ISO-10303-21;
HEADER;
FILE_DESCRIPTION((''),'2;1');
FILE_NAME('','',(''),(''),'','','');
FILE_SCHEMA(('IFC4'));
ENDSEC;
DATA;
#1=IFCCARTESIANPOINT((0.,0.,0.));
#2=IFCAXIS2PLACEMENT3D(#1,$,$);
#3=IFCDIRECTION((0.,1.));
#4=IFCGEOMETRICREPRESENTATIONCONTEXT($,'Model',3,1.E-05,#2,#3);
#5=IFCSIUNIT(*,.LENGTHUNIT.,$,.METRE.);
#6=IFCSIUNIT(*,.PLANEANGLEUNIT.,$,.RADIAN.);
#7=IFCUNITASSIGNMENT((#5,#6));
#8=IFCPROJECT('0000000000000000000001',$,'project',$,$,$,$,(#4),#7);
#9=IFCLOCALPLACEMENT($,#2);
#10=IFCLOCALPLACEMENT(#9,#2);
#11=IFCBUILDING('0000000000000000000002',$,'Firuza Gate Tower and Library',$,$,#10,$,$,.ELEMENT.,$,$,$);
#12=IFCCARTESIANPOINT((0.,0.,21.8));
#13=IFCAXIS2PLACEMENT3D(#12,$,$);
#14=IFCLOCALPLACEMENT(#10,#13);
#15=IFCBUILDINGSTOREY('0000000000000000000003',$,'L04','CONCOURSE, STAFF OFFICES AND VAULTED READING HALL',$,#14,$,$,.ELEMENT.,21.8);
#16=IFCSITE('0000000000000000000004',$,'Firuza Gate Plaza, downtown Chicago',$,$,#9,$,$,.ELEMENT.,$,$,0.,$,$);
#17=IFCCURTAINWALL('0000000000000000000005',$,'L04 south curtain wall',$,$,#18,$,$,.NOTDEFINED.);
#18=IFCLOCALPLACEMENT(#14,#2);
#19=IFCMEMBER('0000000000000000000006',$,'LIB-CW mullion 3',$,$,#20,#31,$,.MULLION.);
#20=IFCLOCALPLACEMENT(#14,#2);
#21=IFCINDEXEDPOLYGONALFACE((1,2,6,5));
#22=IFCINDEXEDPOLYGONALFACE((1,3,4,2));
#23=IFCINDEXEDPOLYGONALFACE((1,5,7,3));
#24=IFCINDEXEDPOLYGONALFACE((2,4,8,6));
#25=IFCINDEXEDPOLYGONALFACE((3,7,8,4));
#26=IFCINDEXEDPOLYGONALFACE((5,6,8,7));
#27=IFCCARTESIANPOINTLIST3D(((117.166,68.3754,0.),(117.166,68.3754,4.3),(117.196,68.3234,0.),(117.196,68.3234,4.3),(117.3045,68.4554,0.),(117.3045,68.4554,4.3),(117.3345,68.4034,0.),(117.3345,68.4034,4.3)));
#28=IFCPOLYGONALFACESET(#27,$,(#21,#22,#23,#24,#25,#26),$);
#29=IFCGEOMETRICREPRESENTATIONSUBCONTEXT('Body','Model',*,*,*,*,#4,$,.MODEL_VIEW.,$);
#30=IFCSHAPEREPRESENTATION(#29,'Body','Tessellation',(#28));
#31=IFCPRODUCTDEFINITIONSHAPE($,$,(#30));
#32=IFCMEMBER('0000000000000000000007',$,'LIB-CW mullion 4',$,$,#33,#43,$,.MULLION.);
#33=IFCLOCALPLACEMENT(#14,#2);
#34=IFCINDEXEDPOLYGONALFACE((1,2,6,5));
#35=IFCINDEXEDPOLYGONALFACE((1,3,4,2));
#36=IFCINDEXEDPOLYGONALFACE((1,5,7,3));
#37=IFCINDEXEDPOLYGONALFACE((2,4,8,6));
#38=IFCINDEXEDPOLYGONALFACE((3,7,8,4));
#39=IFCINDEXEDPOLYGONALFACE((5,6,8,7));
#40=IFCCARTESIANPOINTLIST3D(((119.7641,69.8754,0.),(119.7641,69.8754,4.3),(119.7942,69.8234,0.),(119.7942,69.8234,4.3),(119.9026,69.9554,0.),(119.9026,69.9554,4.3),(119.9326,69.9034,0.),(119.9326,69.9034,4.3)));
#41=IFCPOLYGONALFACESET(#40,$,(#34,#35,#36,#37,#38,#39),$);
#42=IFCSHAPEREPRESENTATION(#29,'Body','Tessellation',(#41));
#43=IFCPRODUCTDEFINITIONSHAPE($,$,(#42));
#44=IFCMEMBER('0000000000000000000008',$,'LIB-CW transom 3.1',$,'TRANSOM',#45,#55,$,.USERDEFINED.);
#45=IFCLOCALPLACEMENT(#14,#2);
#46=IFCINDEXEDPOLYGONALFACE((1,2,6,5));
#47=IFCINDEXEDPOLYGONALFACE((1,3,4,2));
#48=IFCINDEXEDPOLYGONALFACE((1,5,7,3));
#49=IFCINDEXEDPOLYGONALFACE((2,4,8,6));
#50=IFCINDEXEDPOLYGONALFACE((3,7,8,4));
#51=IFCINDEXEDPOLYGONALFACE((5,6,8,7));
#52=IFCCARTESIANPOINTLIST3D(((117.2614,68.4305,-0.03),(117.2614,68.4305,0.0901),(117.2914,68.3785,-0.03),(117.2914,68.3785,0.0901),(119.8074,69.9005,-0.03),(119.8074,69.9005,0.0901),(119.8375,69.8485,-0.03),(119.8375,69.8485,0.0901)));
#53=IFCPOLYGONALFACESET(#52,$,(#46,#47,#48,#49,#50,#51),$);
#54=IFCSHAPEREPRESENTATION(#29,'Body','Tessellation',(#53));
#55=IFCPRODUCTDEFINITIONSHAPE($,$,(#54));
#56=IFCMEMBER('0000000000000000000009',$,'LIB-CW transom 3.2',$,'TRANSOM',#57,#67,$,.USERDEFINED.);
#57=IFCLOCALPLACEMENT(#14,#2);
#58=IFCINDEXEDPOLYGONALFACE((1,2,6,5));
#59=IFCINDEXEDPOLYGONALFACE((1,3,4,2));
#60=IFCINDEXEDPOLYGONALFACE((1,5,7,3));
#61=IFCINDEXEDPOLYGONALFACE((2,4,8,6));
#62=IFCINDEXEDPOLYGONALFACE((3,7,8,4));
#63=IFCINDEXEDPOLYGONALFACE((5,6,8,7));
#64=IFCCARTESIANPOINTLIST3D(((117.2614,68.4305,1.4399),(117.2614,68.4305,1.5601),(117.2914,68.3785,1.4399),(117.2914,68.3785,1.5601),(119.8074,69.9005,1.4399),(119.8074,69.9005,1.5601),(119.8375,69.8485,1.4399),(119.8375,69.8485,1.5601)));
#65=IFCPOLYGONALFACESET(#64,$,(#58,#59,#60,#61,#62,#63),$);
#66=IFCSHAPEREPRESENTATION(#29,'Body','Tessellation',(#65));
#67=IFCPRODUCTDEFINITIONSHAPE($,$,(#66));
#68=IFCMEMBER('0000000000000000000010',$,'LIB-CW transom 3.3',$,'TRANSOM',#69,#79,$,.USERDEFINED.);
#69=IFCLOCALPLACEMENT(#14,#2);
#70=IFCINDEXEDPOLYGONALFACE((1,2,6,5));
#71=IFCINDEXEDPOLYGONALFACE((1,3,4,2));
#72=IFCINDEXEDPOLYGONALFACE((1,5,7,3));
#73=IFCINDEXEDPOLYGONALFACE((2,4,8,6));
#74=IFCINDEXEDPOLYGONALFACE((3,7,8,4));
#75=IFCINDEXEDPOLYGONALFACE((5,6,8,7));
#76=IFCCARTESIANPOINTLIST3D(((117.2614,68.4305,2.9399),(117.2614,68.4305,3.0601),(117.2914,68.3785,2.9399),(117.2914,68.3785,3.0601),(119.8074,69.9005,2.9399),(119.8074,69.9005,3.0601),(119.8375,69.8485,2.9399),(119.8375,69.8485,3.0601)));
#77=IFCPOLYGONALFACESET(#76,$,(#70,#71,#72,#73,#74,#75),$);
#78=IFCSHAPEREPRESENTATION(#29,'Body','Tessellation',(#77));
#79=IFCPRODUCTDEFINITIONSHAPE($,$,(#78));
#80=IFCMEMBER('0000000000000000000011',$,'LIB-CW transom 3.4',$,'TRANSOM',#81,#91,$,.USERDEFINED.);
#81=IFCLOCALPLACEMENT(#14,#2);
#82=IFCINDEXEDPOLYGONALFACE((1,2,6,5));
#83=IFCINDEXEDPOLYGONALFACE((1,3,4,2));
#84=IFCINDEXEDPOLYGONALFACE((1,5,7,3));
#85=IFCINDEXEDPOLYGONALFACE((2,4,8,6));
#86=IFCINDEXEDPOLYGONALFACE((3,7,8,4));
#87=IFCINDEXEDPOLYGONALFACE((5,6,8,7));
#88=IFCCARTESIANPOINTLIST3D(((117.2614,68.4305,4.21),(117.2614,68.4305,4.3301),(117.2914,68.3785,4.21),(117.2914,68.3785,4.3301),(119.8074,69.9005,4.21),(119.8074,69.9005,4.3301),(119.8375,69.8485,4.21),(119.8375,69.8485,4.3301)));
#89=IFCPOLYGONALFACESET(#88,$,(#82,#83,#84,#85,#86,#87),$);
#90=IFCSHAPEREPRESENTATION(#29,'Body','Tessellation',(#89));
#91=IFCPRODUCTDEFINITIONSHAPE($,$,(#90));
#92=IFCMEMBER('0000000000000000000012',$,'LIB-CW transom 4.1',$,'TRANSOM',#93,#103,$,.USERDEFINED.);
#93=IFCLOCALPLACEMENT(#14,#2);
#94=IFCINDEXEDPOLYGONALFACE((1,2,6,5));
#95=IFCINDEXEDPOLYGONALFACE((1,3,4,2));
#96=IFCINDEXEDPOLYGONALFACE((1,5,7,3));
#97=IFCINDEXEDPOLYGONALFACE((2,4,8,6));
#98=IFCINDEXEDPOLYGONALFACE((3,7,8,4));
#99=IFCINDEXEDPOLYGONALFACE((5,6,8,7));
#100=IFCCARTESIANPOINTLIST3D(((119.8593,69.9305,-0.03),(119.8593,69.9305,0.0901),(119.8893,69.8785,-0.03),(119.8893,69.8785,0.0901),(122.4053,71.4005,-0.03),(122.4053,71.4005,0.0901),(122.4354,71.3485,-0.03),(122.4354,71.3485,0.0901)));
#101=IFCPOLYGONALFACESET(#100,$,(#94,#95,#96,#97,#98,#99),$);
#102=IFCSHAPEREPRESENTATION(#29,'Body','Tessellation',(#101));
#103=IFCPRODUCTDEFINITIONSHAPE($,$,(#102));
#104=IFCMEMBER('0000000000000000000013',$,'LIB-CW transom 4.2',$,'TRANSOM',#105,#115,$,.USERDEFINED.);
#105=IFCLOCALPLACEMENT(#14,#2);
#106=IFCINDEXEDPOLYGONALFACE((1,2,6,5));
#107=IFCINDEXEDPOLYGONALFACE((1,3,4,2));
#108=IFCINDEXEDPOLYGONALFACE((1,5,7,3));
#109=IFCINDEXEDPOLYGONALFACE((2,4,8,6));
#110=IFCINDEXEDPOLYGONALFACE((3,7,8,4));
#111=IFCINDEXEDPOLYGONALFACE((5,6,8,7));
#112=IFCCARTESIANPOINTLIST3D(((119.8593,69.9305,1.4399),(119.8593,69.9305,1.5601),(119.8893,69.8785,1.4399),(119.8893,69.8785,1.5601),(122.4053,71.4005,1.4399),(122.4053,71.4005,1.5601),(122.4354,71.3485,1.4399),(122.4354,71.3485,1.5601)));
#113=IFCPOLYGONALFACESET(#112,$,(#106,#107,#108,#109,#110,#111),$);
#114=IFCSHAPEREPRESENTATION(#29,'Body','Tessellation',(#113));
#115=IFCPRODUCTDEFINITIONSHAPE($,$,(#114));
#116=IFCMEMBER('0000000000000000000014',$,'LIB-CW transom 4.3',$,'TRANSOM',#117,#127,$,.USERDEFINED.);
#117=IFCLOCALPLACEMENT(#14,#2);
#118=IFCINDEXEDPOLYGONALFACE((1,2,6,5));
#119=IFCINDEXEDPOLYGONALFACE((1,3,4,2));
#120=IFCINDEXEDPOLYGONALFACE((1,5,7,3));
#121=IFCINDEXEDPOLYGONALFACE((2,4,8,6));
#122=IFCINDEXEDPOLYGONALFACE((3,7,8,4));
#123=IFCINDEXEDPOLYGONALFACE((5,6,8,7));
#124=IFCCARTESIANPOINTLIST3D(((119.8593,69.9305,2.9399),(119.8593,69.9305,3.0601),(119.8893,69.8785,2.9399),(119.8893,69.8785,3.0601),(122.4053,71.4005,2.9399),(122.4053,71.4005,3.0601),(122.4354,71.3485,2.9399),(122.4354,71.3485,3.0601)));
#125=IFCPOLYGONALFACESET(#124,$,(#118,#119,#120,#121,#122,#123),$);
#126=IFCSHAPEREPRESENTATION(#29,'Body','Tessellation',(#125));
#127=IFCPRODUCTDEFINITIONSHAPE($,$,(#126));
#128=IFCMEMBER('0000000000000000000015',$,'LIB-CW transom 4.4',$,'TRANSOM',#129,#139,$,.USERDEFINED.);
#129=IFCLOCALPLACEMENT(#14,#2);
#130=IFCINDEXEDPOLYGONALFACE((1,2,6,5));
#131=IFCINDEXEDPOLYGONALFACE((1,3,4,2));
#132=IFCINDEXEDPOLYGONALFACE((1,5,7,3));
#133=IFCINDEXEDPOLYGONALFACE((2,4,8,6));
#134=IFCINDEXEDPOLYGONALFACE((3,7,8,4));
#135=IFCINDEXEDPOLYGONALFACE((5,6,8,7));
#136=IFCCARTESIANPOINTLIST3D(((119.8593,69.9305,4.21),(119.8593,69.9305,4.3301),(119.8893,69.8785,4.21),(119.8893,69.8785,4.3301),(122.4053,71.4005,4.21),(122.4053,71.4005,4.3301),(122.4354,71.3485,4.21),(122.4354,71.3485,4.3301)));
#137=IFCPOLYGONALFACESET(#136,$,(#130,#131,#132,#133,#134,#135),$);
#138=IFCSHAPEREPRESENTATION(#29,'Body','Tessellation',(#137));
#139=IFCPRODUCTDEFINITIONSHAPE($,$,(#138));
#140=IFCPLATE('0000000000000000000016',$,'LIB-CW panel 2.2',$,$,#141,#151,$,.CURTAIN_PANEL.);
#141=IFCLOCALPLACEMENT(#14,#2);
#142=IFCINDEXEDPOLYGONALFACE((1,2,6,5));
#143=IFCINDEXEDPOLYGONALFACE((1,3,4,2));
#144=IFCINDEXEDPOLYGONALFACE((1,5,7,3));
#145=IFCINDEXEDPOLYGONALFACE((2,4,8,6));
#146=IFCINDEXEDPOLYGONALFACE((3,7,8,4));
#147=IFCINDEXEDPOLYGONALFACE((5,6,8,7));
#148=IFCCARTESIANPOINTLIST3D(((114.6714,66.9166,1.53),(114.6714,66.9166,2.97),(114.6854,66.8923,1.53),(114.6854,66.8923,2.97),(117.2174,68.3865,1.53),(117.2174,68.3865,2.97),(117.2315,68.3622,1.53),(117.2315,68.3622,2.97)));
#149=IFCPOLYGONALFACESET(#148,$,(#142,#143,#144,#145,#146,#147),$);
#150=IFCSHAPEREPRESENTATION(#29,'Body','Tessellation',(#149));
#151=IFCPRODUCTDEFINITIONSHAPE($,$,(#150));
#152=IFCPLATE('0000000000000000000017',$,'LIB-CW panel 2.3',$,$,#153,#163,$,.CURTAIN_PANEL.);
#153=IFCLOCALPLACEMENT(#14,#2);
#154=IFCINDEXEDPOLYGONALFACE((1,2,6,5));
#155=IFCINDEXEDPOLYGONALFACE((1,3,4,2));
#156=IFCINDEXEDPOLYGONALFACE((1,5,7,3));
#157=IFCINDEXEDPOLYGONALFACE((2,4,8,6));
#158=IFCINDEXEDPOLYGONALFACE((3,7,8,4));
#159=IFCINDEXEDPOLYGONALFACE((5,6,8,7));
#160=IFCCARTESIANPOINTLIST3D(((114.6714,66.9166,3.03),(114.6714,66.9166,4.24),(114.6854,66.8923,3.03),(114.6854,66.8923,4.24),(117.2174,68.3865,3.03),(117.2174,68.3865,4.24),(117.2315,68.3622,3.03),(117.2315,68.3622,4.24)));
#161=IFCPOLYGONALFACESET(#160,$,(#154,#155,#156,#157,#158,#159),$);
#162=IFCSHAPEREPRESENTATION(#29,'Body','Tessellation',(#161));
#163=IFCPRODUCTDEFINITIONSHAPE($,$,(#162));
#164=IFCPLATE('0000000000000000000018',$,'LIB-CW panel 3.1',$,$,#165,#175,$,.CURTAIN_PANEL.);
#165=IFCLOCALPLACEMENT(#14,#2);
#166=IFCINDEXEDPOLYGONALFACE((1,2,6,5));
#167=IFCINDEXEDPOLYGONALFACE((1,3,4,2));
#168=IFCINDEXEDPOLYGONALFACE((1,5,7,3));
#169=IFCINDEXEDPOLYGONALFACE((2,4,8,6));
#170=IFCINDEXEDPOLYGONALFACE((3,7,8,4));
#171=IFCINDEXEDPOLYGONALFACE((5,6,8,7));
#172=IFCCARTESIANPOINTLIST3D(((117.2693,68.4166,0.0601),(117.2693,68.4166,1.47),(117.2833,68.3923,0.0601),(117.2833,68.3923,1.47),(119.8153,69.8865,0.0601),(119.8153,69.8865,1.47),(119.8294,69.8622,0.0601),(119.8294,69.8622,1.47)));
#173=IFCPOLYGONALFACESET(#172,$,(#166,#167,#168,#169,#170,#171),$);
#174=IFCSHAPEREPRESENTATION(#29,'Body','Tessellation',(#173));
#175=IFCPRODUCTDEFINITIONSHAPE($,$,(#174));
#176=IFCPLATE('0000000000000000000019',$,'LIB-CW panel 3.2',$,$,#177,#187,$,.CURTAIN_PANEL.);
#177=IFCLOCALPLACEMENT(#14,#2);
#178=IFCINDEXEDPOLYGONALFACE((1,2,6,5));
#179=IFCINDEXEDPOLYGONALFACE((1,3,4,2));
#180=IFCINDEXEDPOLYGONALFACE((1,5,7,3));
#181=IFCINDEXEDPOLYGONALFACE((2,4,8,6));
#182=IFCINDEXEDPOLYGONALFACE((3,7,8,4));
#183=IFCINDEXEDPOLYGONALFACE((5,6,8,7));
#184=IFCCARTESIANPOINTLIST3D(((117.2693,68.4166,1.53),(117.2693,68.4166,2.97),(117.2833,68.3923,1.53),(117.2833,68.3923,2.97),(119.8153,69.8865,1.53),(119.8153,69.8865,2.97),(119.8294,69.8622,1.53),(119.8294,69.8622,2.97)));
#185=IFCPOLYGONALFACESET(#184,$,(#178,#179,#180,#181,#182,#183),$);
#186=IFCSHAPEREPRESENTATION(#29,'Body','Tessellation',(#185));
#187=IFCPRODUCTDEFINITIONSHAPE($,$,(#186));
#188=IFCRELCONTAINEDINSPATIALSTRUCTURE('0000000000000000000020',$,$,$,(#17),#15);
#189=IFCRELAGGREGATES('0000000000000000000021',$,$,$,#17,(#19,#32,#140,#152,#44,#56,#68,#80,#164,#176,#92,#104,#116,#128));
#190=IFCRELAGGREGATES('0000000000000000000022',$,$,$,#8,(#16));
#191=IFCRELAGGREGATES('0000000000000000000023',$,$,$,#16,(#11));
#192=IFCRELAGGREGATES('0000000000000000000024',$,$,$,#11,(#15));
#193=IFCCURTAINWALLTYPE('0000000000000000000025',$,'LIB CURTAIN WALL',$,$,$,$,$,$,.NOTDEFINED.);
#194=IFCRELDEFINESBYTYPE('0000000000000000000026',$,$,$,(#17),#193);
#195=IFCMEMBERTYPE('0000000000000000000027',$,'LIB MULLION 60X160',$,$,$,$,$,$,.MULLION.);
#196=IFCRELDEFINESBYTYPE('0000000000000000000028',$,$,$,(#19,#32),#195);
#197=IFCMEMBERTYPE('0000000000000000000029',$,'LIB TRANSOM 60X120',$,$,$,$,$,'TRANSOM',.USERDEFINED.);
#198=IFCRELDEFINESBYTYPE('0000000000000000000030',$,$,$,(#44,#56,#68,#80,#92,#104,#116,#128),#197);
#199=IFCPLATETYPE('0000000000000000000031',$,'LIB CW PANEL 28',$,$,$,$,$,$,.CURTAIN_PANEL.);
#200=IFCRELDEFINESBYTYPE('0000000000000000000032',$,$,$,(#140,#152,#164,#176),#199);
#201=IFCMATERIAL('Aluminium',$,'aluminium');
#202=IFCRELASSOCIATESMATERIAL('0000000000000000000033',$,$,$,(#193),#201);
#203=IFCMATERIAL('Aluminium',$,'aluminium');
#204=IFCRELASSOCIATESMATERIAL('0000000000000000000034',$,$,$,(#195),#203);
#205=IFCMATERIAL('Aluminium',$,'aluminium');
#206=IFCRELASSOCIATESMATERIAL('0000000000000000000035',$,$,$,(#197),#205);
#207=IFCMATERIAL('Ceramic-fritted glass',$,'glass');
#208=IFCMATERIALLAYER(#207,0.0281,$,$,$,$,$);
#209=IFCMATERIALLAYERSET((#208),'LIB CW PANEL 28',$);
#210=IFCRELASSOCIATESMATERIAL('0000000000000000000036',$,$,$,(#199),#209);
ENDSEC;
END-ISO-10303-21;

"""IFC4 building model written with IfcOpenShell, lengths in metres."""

from ifc_helpers import new_model, si_unit, direction, frame, origin, origin_2d, place, context, subcontext, project, spatial, rectangle, extrude, material, layer, layer_set, material_profile, profile_set, type_object, element, aggregate, save


model = new_model("IFC4")

# Units and contexts
model_context = context("Model", 3, precision=1e-05, world=origin(), true_north=direction((0.0, 1.0)))
body_context = subcontext(model_context, "Body", "Model", "MODEL_VIEW")
ifc_project = project(units=[si_unit("LENGTHUNIT", "METRE"), si_unit("PLANEANGLEUNIT", "RADIAN")], contexts=[model_context])

# Site, building, storey
site_placement = place(None, origin())
site = spatial("IfcSite", under=ifc_project, at=site_placement, Name="Firuza Gate Plaza, downtown Chicago", CompositionType="ELEMENT", RefElevation=0.0)
building_placement = place(site_placement, origin())
building = spatial("IfcBuilding", under=site, at=building_placement, Name="Firuza Gate Tower and Library", CompositionType="ELEMENT")
storey_placement = place(building_placement, frame((0.0, 0.0, 21.8)))
storey = spatial("IfcBuildingStorey", under=building, at=storey_placement, Name="L04", Description="CONCOURSE, STAFF OFFICES AND VAULTED READING HALL", CompositionType="ELEMENT", Elevation=21.8)

# Curtain wall, members, plates
ifc_material_1 = material(Name="Aluminium", Category="aluminium")
curtain_wall_type = type_object("IfcCurtainWallType", Name="LIB CURTAIN WALL", PredefinedType="NOTDEFINED", material=ifc_material_1)
curtain_wall_placement = place(storey_placement, origin())
curtain_wall = element("IfcCurtainWall", 1, at=curtain_wall_placement, inside=storey, type_object=curtain_wall_type, Name="L04 south curtain wall", PredefinedType="NOTDEFINED")
ifc_material_2 = material(Name="Aluminium", Category="aluminium")
ifc_material_profile_1 = material_profile(ifc_material_2, rectangle(XDim=0.0601, YDim=0.1599, at=origin_2d()))
ifc_profile_set_1 = profile_set([ifc_material_profile_1], Name="Aluminium")
member_type_1 = type_object("IfcMemberType", Name="LIB MULLION 60X160", PredefinedType="MULLION", material=ifc_profile_set_1)
member_1_placement = place(storey_placement, frame((117.2502, 68.3894, 0.0), z_axis=(0.0, 0.0, 1.0), x_axis=(-0.500001, 0.866025, 0.0)))
member_1 = element("IfcMember", 2, at=member_1_placement, type_object=member_type_1, Name="LIB-CW mullion 3", PredefinedType="MULLION", context=body_context, shape_type="SweptSolid", body=[
    extrude(rectangle(XDim=0.0601, YDim=0.1599, at=origin_2d()), origin(), (0.0, 0.0, 1.0), 4.3),
])
member_2_placement = place(storey_placement, frame((119.8484, 69.8894, 0.0), z_axis=(0.0, 0.0, 1.0), x_axis=(-0.500001, 0.866025, 0.0)))
member_2 = element("IfcMember", 3, at=member_2_placement, type_object=member_type_1, Name="LIB-CW mullion 4", PredefinedType="MULLION", context=body_context, shape_type="SweptSolid", body=[
    extrude(rectangle(XDim=0.0601, YDim=0.1599, at=origin_2d()), origin(), (0.0, 0.0, 1.0), 4.3),
])
ifc_material_3 = material(Name="Aluminium", Category="aluminium")
ifc_material_profile_2 = material_profile(ifc_material_3, rectangle(XDim=0.0601, YDim=0.1201, at=origin_2d()))
ifc_profile_set_2 = profile_set([ifc_material_profile_2], Name="Aluminium")
member_type_2 = type_object("IfcMemberType", Name="LIB TRANSOM 60X120", ElementType="TRANSOM", PredefinedType="USERDEFINED", material=ifc_profile_set_2)
member_3_placement = place(storey_placement, frame((117.2764, 68.4045, 0.03), z_axis=(0.866032, 0.499988, 0.0), x_axis=(-0.499988, 0.866032, 0.0)))
member_3 = element("IfcMember", 4, at=member_3_placement, type_object=member_type_2, Name="LIB-CW transom 3.1", ObjectType="TRANSOM", PredefinedType="USERDEFINED", context=body_context, shape_type="SweptSolid", body=[
    extrude(rectangle(XDim=0.0601, YDim=0.1201, at=origin_2d()), origin(), (0.0, 0.0, 1.0), 2.9399),
])
member_4_placement = place(storey_placement, frame((117.2764, 68.4045, 1.5), z_axis=(0.866032, 0.499988, 0.0), x_axis=(-0.499988, 0.866032, 0.0)))
member_4 = element("IfcMember", 5, at=member_4_placement, type_object=member_type_2, Name="LIB-CW transom 3.2", ObjectType="TRANSOM", PredefinedType="USERDEFINED", context=body_context, shape_type="SweptSolid", body=[
    extrude(rectangle(XDim=0.0601, YDim=0.1201, at=origin_2d()), origin(), (0.0, 0.0, 1.0), 2.9399),
])
member_5_placement = place(storey_placement, frame((117.2764, 68.4045, 3.0), z_axis=(0.866032, 0.499988, 0.0), x_axis=(-0.499988, 0.866032, 0.0)))
member_5 = element("IfcMember", 6, at=member_5_placement, type_object=member_type_2, Name="LIB-CW transom 3.3", ObjectType="TRANSOM", PredefinedType="USERDEFINED", context=body_context, shape_type="SweptSolid", body=[
    extrude(rectangle(XDim=0.0601, YDim=0.1201, at=origin_2d()), origin(), (0.0, 0.0, 1.0), 2.9399),
])
member_6_placement = place(storey_placement, frame((117.2764, 68.4045, 4.27), z_axis=(0.866032, 0.499988, 0.0), x_axis=(-0.499988, 0.866032, 0.0)))
member_6 = element("IfcMember", 7, at=member_6_placement, type_object=member_type_2, Name="LIB-CW transom 3.4", ObjectType="TRANSOM", PredefinedType="USERDEFINED", context=body_context, shape_type="SweptSolid", body=[
    extrude(rectangle(XDim=0.0601, YDim=0.1201, at=origin_2d()), origin(), (0.0, 0.0, 1.0), 2.9399),
])
member_7_placement = place(storey_placement, frame((119.8743, 69.9045, 0.03), z_axis=(0.866032, 0.499988, 0.0), x_axis=(-0.499988, 0.866032, 0.0)))
member_7 = element("IfcMember", 8, at=member_7_placement, type_object=member_type_2, Name="LIB-CW transom 4.1", ObjectType="TRANSOM", PredefinedType="USERDEFINED", context=body_context, shape_type="SweptSolid", body=[
    extrude(rectangle(XDim=0.0601, YDim=0.1201, at=origin_2d()), origin(), (0.0, 0.0, 1.0), 2.9399),
])
member_8_placement = place(storey_placement, frame((119.8743, 69.9045, 1.5), z_axis=(0.866032, 0.499988, 0.0), x_axis=(-0.499988, 0.866032, 0.0)))
member_8 = element("IfcMember", 9, at=member_8_placement, type_object=member_type_2, Name="LIB-CW transom 4.2", ObjectType="TRANSOM", PredefinedType="USERDEFINED", context=body_context, shape_type="SweptSolid", body=[
    extrude(rectangle(XDim=0.0601, YDim=0.1201, at=origin_2d()), origin(), (0.0, 0.0, 1.0), 2.9399),
])
member_9_placement = place(storey_placement, frame((119.8743, 69.9045, 3.0), z_axis=(0.866032, 0.499988, 0.0), x_axis=(-0.499988, 0.866032, 0.0)))
member_9 = element("IfcMember", 10, at=member_9_placement, type_object=member_type_2, Name="LIB-CW transom 4.3", ObjectType="TRANSOM", PredefinedType="USERDEFINED", context=body_context, shape_type="SweptSolid", body=[
    extrude(rectangle(XDim=0.0601, YDim=0.1201, at=origin_2d()), origin(), (0.0, 0.0, 1.0), 2.9399),
])
member_10_placement = place(storey_placement, frame((119.8743, 69.9045, 4.27), z_axis=(0.866032, 0.499988, 0.0), x_axis=(-0.499988, 0.866032, 0.0)))
member_10 = element("IfcMember", 11, at=member_10_placement, type_object=member_type_2, Name="LIB-CW transom 4.4", ObjectType="TRANSOM", PredefinedType="USERDEFINED", context=body_context, shape_type="SweptSolid", body=[
    extrude(rectangle(XDim=0.0601, YDim=0.1201, at=origin_2d()), origin(), (0.0, 0.0, 1.0), 2.9399),
])
ifc_material_4 = material(Name="Ceramic-fritted glass", Category="glass")
ifc_layer = layer(ifc_material_4, 0.0281)
ifc_layer_set = layer_set([ifc_layer], Name="LIB CW PANEL 28")
plate_type = type_object("IfcPlateType", Name="LIB CW PANEL 28", PredefinedType="CURTAIN_PANEL", material=ifc_layer_set)
plate_1_placement = place(storey_placement, frame((115.9514, 67.6394, 1.53), z_axis=(0.0, 0.0, 1.0), x_axis=(0.866025, 0.500001, 0.0)))
plate_1 = element("IfcPlate", 12, at=plate_1_placement, type_object=plate_type, Name="LIB-CW panel 2.2", PredefinedType="CURTAIN_PANEL", context=body_context, shape_type="SweptSolid", body=[
    extrude(rectangle(XDim=2.9399, YDim=0.0281, at=origin_2d()), origin(), (0.0, 0.0, 1.0), 1.4399),
])
plate_2_placement = place(storey_placement, frame((115.9514, 67.6394, 3.03), z_axis=(0.0, 0.0, 1.0), x_axis=(0.866025, 0.500001, 0.0)))
plate_2 = element("IfcPlate", 13, at=plate_2_placement, type_object=plate_type, Name="LIB-CW panel 2.3", PredefinedType="CURTAIN_PANEL", context=body_context, shape_type="SweptSolid", body=[
    extrude(rectangle(XDim=2.9399, YDim=0.0281, at=origin_2d()), origin(), (0.0, 0.0, 1.0), 1.21),
])
plate_3_placement = place(storey_placement, frame((118.5493, 69.1394, 0.0601), z_axis=(0.0, 0.0, 1.0), x_axis=(0.866025, 0.500001, 0.0)))
plate_3 = element("IfcPlate", 14, at=plate_3_placement, type_object=plate_type, Name="LIB-CW panel 3.1", PredefinedType="CURTAIN_PANEL", context=body_context, shape_type="SweptSolid", body=[
    extrude(rectangle(XDim=2.9399, YDim=0.0281, at=origin_2d()), origin(), (0.0, 0.0, 1.0), 1.4099),
])
plate_4_placement = place(storey_placement, frame((118.5493, 69.1394, 1.53), z_axis=(0.0, 0.0, 1.0), x_axis=(0.866025, 0.500001, 0.0)))
plate_4 = element("IfcPlate", 15, at=plate_4_placement, type_object=plate_type, Name="LIB-CW panel 3.2", PredefinedType="CURTAIN_PANEL", context=body_context, shape_type="SweptSolid", body=[
    extrude(rectangle(XDim=2.9399, YDim=0.0281, at=origin_2d()), origin(), (0.0, 0.0, 1.0), 1.4399),
])
aggregate(curtain_wall, [member_1, member_2, plate_1, plate_2, member_3, member_4, member_5, member_6, plate_3, plate_4, member_7, member_8, member_9, member_10])

save(model, "model.ifc")
